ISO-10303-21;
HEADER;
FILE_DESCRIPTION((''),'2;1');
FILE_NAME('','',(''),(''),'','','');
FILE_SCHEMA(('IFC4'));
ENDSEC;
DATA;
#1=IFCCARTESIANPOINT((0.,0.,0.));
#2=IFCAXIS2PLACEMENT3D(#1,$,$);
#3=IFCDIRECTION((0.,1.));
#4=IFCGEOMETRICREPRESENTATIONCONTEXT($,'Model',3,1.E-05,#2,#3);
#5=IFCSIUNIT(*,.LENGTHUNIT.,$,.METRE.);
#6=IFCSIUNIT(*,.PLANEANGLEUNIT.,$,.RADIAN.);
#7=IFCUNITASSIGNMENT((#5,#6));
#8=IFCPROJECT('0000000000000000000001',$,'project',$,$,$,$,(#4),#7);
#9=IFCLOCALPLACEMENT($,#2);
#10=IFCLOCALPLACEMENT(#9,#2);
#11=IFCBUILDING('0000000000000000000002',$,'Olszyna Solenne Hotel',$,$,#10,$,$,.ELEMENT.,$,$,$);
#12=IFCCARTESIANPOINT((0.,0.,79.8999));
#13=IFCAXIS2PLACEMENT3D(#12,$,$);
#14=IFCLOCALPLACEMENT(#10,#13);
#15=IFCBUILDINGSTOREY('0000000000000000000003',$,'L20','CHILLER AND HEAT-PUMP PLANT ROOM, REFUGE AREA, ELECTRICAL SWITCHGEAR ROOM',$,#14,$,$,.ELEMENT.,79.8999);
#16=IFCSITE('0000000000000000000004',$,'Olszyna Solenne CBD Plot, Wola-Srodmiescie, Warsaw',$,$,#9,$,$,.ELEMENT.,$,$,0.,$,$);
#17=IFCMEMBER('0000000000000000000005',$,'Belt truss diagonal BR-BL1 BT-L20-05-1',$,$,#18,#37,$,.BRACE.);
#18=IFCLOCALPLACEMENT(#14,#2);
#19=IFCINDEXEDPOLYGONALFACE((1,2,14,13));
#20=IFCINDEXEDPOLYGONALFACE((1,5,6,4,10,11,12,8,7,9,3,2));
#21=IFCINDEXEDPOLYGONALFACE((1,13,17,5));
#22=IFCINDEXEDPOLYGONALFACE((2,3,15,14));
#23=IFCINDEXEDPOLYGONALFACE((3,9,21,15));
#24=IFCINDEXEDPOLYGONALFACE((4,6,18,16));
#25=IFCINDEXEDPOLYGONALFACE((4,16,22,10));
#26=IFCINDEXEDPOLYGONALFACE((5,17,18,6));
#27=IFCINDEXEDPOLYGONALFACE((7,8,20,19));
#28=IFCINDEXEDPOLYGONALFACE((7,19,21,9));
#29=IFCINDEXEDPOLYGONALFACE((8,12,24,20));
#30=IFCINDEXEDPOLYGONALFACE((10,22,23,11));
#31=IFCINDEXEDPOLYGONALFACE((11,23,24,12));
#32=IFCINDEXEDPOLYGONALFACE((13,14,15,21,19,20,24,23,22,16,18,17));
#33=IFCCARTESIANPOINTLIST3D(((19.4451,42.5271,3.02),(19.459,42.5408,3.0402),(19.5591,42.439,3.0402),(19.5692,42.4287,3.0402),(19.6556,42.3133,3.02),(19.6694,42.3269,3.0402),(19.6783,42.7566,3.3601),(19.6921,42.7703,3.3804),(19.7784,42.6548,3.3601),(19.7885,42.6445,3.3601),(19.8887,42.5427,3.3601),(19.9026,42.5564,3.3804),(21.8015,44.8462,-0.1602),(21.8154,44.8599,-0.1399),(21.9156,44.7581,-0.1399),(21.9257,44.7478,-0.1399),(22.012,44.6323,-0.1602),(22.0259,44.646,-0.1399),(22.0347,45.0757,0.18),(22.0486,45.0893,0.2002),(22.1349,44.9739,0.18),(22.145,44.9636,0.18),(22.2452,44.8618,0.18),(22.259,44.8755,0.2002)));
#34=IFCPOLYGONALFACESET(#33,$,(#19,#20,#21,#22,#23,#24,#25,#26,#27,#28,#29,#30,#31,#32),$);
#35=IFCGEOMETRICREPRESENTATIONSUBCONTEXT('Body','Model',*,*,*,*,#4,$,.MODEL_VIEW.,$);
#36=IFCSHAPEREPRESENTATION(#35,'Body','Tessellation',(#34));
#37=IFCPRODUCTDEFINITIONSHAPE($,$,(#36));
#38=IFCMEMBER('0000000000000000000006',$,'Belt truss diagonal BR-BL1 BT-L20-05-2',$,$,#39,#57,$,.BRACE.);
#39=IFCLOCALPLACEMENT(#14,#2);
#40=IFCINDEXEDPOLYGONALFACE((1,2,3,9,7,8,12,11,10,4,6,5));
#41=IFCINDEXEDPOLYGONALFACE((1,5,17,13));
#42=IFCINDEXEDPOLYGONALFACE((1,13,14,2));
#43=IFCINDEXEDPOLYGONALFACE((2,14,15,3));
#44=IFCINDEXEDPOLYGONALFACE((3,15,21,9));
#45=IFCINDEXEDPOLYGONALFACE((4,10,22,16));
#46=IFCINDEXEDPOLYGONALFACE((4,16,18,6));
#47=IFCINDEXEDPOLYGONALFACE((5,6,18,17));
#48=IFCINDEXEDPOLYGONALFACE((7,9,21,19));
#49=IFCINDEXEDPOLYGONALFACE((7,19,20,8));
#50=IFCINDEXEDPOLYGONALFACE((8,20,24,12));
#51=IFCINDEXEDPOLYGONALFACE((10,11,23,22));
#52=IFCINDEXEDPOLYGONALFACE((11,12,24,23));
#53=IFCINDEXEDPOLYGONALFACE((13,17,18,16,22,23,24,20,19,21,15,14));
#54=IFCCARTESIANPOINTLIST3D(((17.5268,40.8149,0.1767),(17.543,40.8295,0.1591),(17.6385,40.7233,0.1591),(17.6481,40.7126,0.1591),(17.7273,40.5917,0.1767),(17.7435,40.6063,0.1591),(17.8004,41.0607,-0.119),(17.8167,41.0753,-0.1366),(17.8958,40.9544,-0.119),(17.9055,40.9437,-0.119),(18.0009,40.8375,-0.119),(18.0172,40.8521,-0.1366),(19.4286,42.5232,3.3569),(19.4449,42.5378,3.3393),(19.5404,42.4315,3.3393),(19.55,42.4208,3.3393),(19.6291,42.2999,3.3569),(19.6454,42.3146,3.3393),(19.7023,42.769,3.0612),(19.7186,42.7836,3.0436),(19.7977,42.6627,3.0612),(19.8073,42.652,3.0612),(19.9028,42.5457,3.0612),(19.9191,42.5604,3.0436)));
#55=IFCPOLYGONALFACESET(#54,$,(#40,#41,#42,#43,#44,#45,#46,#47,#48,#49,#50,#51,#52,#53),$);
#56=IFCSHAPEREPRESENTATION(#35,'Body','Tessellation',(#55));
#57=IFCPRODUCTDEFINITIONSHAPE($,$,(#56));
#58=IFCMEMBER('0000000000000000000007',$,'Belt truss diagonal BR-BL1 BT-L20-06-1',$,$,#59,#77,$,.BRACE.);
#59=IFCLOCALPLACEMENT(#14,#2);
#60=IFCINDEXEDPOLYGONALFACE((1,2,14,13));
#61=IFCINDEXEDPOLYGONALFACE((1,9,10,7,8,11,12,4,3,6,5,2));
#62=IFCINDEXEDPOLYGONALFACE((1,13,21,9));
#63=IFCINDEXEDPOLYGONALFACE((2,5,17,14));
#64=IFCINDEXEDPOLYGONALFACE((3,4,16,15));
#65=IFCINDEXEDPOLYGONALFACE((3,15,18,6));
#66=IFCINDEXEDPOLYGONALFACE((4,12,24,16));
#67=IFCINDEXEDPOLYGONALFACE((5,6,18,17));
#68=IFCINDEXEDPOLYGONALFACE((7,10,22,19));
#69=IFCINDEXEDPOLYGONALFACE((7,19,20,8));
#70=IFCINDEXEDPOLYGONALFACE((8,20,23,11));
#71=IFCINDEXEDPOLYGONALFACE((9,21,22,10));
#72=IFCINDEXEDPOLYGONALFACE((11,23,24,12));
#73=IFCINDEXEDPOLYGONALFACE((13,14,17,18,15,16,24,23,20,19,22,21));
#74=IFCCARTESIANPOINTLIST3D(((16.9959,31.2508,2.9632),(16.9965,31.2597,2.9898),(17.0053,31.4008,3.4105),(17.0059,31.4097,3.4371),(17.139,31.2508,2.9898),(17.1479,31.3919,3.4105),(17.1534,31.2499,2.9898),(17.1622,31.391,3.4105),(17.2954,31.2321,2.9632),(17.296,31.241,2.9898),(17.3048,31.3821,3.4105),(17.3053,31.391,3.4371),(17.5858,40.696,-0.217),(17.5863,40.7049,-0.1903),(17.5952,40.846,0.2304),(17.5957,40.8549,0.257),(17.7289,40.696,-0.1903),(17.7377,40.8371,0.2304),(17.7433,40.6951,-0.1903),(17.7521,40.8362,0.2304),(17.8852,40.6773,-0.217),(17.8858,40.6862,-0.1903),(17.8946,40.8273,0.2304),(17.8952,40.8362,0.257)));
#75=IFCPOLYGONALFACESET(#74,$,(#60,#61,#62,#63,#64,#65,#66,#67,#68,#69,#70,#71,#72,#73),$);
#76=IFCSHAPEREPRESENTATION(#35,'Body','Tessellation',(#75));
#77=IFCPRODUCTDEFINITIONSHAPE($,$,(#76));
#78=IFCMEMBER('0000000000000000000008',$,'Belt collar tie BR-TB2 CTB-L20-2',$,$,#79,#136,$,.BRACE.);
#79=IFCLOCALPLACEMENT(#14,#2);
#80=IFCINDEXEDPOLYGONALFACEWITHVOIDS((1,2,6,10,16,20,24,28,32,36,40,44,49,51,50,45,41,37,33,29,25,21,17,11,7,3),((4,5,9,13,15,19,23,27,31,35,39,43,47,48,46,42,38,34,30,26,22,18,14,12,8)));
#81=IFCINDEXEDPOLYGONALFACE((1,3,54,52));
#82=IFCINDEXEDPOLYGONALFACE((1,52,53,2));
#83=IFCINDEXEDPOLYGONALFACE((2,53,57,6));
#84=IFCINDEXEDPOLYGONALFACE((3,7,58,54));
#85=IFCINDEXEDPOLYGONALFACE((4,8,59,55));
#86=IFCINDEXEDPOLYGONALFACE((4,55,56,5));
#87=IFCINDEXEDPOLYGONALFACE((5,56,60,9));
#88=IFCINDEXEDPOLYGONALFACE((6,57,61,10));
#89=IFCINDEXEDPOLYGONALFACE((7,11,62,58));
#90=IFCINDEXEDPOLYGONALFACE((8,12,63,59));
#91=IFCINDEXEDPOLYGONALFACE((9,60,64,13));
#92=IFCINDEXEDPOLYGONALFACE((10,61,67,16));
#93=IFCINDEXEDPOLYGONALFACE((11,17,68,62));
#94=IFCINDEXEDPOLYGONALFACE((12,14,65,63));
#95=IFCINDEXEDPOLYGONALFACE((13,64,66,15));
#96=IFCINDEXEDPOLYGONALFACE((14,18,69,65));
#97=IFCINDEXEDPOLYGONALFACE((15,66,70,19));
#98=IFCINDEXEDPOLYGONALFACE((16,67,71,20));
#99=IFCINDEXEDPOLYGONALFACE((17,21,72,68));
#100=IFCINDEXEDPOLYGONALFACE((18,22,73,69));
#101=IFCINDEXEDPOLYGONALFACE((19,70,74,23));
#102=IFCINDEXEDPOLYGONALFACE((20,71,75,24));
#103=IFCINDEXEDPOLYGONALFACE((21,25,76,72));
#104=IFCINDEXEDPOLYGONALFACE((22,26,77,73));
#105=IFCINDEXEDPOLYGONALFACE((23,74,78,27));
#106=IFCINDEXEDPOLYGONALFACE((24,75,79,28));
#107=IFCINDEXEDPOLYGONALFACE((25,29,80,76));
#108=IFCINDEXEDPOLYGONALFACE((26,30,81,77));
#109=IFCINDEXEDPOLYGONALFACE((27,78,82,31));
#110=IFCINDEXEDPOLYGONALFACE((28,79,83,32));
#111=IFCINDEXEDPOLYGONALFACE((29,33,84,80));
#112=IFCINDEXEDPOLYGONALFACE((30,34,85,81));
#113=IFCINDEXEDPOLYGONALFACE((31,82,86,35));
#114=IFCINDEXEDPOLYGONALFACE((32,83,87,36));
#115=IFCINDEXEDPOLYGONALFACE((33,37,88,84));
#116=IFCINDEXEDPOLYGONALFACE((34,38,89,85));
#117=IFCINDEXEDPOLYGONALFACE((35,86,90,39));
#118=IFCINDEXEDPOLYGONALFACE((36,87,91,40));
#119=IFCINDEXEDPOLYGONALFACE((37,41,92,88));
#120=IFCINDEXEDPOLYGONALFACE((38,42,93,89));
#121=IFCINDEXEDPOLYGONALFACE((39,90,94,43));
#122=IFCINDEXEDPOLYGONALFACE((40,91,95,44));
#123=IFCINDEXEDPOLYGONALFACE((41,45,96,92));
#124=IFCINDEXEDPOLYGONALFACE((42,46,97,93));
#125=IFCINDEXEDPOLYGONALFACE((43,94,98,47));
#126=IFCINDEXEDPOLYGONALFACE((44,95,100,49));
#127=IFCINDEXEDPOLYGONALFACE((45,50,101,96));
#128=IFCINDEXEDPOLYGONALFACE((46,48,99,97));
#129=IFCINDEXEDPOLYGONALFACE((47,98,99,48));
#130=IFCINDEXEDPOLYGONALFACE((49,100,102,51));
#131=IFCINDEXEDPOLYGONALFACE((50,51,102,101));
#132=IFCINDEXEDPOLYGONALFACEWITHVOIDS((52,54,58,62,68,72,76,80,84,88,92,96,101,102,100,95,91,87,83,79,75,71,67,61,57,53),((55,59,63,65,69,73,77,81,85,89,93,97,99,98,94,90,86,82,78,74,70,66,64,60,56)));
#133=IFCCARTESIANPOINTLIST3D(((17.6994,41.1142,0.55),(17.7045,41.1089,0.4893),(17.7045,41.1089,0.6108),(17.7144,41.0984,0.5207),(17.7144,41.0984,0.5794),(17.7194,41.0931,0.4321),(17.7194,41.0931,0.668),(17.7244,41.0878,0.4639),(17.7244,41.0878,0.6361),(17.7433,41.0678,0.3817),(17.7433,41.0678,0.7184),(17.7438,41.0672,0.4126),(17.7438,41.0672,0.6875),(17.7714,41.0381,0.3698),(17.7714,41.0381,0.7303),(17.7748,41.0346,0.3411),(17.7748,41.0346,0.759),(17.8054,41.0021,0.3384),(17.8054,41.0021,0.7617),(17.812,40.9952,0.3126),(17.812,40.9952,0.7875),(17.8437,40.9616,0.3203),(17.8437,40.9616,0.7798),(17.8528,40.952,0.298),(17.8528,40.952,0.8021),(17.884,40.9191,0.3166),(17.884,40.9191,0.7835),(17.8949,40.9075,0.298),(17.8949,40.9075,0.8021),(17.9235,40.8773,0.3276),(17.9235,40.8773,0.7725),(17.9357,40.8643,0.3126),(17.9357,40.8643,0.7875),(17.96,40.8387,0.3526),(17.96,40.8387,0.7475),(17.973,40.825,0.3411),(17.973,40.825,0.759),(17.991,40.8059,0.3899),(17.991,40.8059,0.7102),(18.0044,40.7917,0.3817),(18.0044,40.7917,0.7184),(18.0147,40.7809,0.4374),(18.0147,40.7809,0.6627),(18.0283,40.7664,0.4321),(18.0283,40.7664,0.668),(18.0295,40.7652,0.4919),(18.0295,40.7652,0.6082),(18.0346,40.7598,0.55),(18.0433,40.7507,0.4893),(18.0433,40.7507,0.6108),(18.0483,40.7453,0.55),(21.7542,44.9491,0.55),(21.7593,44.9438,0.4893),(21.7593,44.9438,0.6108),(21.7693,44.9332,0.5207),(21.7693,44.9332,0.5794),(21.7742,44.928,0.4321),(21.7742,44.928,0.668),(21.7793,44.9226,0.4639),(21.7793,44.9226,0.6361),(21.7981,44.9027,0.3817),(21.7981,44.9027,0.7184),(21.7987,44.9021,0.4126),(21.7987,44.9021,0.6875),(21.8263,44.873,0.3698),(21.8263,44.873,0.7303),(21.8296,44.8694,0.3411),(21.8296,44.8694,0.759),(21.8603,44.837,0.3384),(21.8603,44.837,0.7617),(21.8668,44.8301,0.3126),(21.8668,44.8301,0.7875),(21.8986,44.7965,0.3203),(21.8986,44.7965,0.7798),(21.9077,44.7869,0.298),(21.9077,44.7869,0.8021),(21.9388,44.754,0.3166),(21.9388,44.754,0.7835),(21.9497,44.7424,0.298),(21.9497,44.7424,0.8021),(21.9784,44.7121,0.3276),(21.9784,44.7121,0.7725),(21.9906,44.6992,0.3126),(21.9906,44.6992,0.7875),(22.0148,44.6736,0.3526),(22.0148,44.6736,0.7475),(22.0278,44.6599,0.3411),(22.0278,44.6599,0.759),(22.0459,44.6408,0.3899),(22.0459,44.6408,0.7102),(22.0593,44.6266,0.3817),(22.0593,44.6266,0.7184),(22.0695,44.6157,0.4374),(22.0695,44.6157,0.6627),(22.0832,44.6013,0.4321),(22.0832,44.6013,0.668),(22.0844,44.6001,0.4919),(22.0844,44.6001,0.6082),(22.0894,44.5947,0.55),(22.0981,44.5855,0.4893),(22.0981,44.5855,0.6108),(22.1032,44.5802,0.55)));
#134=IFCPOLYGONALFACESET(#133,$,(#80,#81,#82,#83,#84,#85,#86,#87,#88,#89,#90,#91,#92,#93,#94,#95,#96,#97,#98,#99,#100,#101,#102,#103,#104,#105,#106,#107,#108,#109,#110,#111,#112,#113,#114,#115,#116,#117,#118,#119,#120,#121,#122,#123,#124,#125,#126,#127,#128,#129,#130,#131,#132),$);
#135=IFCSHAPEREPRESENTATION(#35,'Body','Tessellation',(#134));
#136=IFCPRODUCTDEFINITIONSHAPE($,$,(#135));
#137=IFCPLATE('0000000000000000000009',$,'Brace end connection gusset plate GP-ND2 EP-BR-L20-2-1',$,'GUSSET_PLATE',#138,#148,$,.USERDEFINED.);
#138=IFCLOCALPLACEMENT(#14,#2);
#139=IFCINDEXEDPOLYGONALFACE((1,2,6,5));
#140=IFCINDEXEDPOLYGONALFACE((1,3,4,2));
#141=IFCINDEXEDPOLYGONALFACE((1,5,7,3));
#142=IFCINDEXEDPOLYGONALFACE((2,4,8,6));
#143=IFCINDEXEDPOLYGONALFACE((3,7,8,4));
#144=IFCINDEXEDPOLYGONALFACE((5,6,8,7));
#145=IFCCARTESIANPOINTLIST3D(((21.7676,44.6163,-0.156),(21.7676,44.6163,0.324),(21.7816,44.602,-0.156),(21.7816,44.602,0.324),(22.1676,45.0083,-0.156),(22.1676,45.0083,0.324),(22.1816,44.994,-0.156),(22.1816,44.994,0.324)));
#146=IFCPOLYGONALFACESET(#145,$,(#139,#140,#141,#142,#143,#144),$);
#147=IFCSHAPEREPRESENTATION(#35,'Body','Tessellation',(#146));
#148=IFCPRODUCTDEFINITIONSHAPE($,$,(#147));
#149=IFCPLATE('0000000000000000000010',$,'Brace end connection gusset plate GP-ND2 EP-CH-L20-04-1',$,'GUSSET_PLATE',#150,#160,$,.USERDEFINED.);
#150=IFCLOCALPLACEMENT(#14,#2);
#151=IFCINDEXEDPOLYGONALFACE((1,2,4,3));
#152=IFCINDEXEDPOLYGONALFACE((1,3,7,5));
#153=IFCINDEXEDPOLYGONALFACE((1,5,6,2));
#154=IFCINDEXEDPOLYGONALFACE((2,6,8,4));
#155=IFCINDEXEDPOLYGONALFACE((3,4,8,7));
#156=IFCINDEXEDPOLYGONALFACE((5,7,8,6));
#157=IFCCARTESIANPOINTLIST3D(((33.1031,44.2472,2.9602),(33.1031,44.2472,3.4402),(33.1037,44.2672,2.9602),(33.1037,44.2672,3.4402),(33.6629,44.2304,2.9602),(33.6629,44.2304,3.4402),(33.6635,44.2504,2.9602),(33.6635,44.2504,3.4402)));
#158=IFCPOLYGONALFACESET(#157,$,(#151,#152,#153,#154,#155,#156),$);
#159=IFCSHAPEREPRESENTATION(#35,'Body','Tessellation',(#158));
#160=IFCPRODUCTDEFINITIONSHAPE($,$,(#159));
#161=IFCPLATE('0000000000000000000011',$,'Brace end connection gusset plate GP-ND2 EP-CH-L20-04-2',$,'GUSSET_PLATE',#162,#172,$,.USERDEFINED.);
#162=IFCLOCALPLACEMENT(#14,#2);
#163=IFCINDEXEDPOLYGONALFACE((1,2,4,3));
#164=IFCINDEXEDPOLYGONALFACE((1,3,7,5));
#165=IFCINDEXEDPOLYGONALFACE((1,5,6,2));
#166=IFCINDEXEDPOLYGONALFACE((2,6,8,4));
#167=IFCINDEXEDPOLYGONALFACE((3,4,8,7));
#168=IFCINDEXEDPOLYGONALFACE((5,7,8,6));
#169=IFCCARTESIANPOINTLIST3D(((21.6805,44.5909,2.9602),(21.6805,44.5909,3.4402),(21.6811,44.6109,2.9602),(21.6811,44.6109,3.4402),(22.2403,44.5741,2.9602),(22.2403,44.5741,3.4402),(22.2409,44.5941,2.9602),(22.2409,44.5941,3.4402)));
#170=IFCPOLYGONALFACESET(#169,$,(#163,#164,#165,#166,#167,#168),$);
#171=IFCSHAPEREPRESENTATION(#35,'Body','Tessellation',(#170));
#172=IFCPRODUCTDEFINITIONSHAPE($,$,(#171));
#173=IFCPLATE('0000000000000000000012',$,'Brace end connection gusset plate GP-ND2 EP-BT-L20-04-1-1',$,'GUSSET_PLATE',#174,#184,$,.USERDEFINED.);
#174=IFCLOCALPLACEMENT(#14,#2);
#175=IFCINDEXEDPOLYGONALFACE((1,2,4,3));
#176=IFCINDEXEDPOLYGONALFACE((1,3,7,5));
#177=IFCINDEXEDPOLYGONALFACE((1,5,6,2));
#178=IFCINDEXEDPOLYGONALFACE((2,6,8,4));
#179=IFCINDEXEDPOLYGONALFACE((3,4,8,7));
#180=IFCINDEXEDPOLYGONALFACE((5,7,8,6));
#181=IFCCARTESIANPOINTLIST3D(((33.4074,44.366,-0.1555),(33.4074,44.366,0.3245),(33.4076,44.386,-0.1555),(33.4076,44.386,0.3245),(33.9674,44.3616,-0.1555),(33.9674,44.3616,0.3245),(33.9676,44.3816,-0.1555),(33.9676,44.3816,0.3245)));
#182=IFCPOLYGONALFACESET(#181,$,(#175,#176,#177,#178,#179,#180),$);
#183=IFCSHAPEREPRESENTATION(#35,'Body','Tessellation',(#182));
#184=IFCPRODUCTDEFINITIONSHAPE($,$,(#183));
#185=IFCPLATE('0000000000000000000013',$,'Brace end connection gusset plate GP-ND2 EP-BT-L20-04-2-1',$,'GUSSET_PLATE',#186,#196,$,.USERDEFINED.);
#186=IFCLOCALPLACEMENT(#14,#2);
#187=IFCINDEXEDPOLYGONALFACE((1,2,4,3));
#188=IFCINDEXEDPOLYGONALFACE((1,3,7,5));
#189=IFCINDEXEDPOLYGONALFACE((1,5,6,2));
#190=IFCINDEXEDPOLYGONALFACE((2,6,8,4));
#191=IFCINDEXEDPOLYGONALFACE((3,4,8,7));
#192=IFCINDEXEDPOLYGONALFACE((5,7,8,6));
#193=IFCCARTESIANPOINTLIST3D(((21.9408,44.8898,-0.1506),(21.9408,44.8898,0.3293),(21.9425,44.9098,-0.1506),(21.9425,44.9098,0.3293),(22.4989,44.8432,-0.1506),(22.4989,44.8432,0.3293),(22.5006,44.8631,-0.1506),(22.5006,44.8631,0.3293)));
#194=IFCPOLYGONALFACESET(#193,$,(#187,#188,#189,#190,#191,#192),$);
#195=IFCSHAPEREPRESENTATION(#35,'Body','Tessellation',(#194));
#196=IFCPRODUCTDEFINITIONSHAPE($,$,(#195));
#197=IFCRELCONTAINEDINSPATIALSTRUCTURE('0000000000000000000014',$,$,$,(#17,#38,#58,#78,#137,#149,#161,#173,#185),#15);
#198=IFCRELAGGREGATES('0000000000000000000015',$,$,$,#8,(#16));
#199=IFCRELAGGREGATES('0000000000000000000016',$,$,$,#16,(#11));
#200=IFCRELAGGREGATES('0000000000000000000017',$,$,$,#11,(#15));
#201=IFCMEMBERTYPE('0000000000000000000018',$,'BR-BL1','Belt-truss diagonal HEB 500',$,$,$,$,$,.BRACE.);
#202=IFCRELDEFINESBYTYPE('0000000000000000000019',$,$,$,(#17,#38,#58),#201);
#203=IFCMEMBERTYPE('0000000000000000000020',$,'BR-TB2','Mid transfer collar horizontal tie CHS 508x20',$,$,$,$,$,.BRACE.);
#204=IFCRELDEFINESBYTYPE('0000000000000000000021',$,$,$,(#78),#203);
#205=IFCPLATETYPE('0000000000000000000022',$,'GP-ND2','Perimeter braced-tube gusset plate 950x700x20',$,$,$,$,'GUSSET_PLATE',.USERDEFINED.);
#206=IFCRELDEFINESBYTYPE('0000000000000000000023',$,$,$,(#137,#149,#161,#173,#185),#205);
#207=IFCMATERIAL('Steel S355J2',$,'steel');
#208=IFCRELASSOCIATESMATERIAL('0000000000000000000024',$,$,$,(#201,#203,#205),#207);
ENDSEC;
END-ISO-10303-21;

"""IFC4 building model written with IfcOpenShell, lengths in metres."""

from ifc_helpers import new_model, si_unit, direction, frame, origin, origin_2d, place, context, subcontext, project, spatial, rectangle, hollow_circle, i_section, extrude, source, transform, mapped, material, material_profile, profile_set, type_object, element, save


model = new_model("IFC4")

# Units and contexts
model_context = context("Model", 3, precision=1e-05, world=origin(), true_north=direction((0.0, 1.0)))
body_context = subcontext(model_context, "Body", "Model", "MODEL_VIEW")
ifc_project = project(units=[si_unit("LENGTHUNIT", "METRE"), si_unit("PLANEANGLEUNIT", "RADIAN")], contexts=[model_context])

# Site, building, storey
site_placement = place(None, origin())
site = spatial("IfcSite", under=ifc_project, at=site_placement, Name="Olszyna Solenne CBD Plot, Wola-Srodmiescie, Warsaw", CompositionType="ELEMENT", RefElevation=0.0)
building_placement = place(site_placement, origin())
building = spatial("IfcBuilding", under=site, at=building_placement, Name="Olszyna Solenne Hotel", CompositionType="ELEMENT")
storey_placement = place(building_placement, frame((0.0, 0.0, 79.8999)))
storey = spatial("IfcBuildingStorey", under=building, at=storey_placement, Name="L20", Description="CHILLER AND HEAT-PUMP PLANT ROOM, REFUGE AREA, ELECTRICAL SWITCHGEAR ROOM", CompositionType="ELEMENT", Elevation=79.8999)

# Shared definitions
ifc_material_1 = material(Name="Steel S355J2", Category="steel")

# Members
ifc_material_profile_1 = material_profile(ifc_material_1, i_section(OverallWidth=0.3, OverallDepth=0.5, WebThickness=0.0144, FlangeThickness=0.0281, at=origin_2d()), Name="HEB 500", Category="load-bearing")
ifc_profile_set_1 = profile_set([ifc_material_profile_1], Name="Steel S355J2")
member_type_1 = type_object("IfcMemberType", Name="BR-BL1", Description="Belt-truss diagonal HEB 500", PredefinedType="BRACE", material=ifc_profile_set_1)
shared_shape_1 = source(origin(), body_context, "Body", "SweptSolid", [
    extrude(i_section(OverallWidth=0.3, OverallDepth=0.5, WebThickness=0.0144, FlangeThickness=0.0281, at=origin_2d()), origin(), (0.0, 0.0, 1.0), 4.5874),
])
member_1_placement = place(storey_placement, frame((22.0303, 44.8608, 0.02), z_axis=(-0.513674, -0.505532, 0.693236), x_axis=(0.701435, -0.712733, 0.0)))
element("IfcMember", 1, at=member_1_placement, inside=storey, type_object=member_type_1, Name="Belt truss diagonal BR-BL1 BT-L20-05-1", PredefinedType="BRACE", context=body_context, shape_type="MappedRepresentation", body=[
    mapped(shared_shape_1, transform((0.0, 0.0, 0.0), x_axis=(1.0, 0.0, 0.0), y_axis=(0.0, 1.0, 0.0), z_axis=(0.0, 0.0, 1.0), scale=1.0)),
])
shared_shape_2 = source(origin(), body_context, "Body", "SweptSolid", [
    extrude(i_section(OverallWidth=0.3, OverallDepth=0.5, WebThickness=0.0144, FlangeThickness=0.0281, at=origin_2d()), origin(), (0.0, 0.0, 1.0), 4.0803),
])
member_2_placement = place(storey_placement, frame((17.772, 40.8335, 0.02), z_axis=(0.466109, 0.41866, 0.779401), x_axis=(-0.668226, 0.743959, 0.0)))
element("IfcMember", 2, at=member_2_placement, inside=storey, type_object=member_type_1, Name="Belt truss diagonal BR-BL1 BT-L20-05-2", PredefinedType="BRACE", context=body_context, shape_type="MappedRepresentation", body=[
    mapped(shared_shape_2, transform((0.0, 0.0, 0.0), x_axis=(1.0, 0.0, 0.0), y_axis=(0.0, 1.0, 0.0), z_axis=(0.0, 0.0, 1.0), scale=1.0)),
])
shared_shape_3 = source(origin(), body_context, "Body", "SweptSolid", [
    extrude(i_section(OverallWidth=0.3, OverallDepth=0.5, WebThickness=0.0144, FlangeThickness=0.0281, at=origin_2d()), origin(), (0.0, 0.0, 1.0), 9.9836),
])
member_3_placement = place(storey_placement, frame((17.7405, 40.7661, 0.02), z_axis=(-0.05908, -0.946068, 0.318535), x_axis=(0.998056, -0.062327, 0.0)))
element("IfcMember", 3, at=member_3_placement, inside=storey, type_object=member_type_1, Name="Belt truss diagonal BR-BL1 BT-L20-06-1", PredefinedType="BRACE", context=body_context, shape_type="MappedRepresentation", body=[
    mapped(shared_shape_3, transform((0.0, 0.0, 0.0), x_axis=(1.0, 0.0, 0.0), y_axis=(0.0, 1.0, 0.0), z_axis=(0.0, 0.0, 1.0), scale=1.0)),
])
ifc_material_profile_2 = material_profile(ifc_material_1, hollow_circle(Radius=0.2539, WallThickness=0.02, at=origin_2d()), Name="CHS 508x20", Category="load-bearing")
ifc_profile_set_2 = profile_set([ifc_material_profile_2], Name="Steel S355J2")
member_type_2 = type_object("IfcMemberType", Name="BR-TB2", Description="Mid transfer collar horizontal tie CHS 508x20", PredefinedType="BRACE", material=ifc_profile_set_2)
shared_shape_4 = source(origin(), body_context, "Body", "SweptSolid", [
    extrude(hollow_circle(Radius=0.2539, WallThickness=0.02, at=origin_2d()), origin(), (0.0, 0.0, 1.0), 5.5811),
])
member_4_placement = place(storey_placement, frame((21.9287, 44.7646, 0.55), z_axis=(-0.726539, -0.687126, 0.0), x_axis=(0.687126, -0.726539, 0.0)))
element("IfcMember", 4, at=member_4_placement, inside=storey, type_object=member_type_2, Name="Belt collar tie BR-TB2 CTB-L20-2", PredefinedType="BRACE", context=body_context, shape_type="MappedRepresentation", body=[
    mapped(shared_shape_4, transform((0.0, 0.0, 0.0), x_axis=(1.0, 0.0, 0.0), y_axis=(0.0, 1.0, 0.0), z_axis=(0.0, 0.0, 1.0), scale=1.0)),
])

# Plates
plate_type_1 = type_object("IfcPlateType", Name="GP-ND2", Description="Perimeter braced-tube gusset plate 950x700x20", ElementType="GUSSET_PLATE", PredefinedType="USERDEFINED", material=ifc_material_1)
shared_shape_5 = source(origin(), body_context, "Body", "SweptSolid", [
    extrude(rectangle(XDim=0.5601, YDim=0.02, at=origin_2d()), origin(), (0.0, 0.0, 1.0), 0.48),
])
for number, where, z_axis, x_axis, name in (
    (5, (21.9746, 44.8052, -0.156), (0.0, 0.0, 1.0), (-0.714228, -0.699913, 0.0), "Brace end connection gusset plate GP-ND2 EP-BR-L20-2-1"),
    (6, (33.3833, 44.2488, 2.9602), (0.0, 0.0, 1.0), (-0.999549, 0.030015, 0.0), "Brace end connection gusset plate GP-ND2 EP-CH-L20-04-1"),
    (7, (21.9607, 44.5925, 2.9602), (0.0, 0.0, 1.0), (-0.999549, 0.030015, 0.0), "Brace end connection gusset plate GP-ND2 EP-CH-L20-04-2"),
    (8, (33.6875, 44.3738, -0.1555), (0.0, 0.0, 1.0), (-0.999969, 0.007854, 0.0), "Brace end connection gusset plate GP-ND2 EP-BT-L20-04-1-1"),
    (9, (22.2207, 44.8765, -0.1506), (0.0, 0.0, 1.0), (0.996522, -0.08333, 0.0), "Brace end connection gusset plate GP-ND2 EP-BT-L20-04-2-1"),
):
    element("IfcPlate", number, at=place(storey_placement, frame(where, z_axis=z_axis, x_axis=x_axis)), inside=storey, type_object=plate_type_1, Name=name, ObjectType="GUSSET_PLATE", PredefinedType="USERDEFINED", context=body_context, shape_type="MappedRepresentation", body=[
        mapped(shared_shape_5, transform((0.0, 0.0, 0.0), x_axis=(1.0, 0.0, 0.0), y_axis=(0.0, 1.0, 0.0), z_axis=(0.0, 0.0, 1.0), scale=1.0)),
    ])

save(model, "model.ifc")
